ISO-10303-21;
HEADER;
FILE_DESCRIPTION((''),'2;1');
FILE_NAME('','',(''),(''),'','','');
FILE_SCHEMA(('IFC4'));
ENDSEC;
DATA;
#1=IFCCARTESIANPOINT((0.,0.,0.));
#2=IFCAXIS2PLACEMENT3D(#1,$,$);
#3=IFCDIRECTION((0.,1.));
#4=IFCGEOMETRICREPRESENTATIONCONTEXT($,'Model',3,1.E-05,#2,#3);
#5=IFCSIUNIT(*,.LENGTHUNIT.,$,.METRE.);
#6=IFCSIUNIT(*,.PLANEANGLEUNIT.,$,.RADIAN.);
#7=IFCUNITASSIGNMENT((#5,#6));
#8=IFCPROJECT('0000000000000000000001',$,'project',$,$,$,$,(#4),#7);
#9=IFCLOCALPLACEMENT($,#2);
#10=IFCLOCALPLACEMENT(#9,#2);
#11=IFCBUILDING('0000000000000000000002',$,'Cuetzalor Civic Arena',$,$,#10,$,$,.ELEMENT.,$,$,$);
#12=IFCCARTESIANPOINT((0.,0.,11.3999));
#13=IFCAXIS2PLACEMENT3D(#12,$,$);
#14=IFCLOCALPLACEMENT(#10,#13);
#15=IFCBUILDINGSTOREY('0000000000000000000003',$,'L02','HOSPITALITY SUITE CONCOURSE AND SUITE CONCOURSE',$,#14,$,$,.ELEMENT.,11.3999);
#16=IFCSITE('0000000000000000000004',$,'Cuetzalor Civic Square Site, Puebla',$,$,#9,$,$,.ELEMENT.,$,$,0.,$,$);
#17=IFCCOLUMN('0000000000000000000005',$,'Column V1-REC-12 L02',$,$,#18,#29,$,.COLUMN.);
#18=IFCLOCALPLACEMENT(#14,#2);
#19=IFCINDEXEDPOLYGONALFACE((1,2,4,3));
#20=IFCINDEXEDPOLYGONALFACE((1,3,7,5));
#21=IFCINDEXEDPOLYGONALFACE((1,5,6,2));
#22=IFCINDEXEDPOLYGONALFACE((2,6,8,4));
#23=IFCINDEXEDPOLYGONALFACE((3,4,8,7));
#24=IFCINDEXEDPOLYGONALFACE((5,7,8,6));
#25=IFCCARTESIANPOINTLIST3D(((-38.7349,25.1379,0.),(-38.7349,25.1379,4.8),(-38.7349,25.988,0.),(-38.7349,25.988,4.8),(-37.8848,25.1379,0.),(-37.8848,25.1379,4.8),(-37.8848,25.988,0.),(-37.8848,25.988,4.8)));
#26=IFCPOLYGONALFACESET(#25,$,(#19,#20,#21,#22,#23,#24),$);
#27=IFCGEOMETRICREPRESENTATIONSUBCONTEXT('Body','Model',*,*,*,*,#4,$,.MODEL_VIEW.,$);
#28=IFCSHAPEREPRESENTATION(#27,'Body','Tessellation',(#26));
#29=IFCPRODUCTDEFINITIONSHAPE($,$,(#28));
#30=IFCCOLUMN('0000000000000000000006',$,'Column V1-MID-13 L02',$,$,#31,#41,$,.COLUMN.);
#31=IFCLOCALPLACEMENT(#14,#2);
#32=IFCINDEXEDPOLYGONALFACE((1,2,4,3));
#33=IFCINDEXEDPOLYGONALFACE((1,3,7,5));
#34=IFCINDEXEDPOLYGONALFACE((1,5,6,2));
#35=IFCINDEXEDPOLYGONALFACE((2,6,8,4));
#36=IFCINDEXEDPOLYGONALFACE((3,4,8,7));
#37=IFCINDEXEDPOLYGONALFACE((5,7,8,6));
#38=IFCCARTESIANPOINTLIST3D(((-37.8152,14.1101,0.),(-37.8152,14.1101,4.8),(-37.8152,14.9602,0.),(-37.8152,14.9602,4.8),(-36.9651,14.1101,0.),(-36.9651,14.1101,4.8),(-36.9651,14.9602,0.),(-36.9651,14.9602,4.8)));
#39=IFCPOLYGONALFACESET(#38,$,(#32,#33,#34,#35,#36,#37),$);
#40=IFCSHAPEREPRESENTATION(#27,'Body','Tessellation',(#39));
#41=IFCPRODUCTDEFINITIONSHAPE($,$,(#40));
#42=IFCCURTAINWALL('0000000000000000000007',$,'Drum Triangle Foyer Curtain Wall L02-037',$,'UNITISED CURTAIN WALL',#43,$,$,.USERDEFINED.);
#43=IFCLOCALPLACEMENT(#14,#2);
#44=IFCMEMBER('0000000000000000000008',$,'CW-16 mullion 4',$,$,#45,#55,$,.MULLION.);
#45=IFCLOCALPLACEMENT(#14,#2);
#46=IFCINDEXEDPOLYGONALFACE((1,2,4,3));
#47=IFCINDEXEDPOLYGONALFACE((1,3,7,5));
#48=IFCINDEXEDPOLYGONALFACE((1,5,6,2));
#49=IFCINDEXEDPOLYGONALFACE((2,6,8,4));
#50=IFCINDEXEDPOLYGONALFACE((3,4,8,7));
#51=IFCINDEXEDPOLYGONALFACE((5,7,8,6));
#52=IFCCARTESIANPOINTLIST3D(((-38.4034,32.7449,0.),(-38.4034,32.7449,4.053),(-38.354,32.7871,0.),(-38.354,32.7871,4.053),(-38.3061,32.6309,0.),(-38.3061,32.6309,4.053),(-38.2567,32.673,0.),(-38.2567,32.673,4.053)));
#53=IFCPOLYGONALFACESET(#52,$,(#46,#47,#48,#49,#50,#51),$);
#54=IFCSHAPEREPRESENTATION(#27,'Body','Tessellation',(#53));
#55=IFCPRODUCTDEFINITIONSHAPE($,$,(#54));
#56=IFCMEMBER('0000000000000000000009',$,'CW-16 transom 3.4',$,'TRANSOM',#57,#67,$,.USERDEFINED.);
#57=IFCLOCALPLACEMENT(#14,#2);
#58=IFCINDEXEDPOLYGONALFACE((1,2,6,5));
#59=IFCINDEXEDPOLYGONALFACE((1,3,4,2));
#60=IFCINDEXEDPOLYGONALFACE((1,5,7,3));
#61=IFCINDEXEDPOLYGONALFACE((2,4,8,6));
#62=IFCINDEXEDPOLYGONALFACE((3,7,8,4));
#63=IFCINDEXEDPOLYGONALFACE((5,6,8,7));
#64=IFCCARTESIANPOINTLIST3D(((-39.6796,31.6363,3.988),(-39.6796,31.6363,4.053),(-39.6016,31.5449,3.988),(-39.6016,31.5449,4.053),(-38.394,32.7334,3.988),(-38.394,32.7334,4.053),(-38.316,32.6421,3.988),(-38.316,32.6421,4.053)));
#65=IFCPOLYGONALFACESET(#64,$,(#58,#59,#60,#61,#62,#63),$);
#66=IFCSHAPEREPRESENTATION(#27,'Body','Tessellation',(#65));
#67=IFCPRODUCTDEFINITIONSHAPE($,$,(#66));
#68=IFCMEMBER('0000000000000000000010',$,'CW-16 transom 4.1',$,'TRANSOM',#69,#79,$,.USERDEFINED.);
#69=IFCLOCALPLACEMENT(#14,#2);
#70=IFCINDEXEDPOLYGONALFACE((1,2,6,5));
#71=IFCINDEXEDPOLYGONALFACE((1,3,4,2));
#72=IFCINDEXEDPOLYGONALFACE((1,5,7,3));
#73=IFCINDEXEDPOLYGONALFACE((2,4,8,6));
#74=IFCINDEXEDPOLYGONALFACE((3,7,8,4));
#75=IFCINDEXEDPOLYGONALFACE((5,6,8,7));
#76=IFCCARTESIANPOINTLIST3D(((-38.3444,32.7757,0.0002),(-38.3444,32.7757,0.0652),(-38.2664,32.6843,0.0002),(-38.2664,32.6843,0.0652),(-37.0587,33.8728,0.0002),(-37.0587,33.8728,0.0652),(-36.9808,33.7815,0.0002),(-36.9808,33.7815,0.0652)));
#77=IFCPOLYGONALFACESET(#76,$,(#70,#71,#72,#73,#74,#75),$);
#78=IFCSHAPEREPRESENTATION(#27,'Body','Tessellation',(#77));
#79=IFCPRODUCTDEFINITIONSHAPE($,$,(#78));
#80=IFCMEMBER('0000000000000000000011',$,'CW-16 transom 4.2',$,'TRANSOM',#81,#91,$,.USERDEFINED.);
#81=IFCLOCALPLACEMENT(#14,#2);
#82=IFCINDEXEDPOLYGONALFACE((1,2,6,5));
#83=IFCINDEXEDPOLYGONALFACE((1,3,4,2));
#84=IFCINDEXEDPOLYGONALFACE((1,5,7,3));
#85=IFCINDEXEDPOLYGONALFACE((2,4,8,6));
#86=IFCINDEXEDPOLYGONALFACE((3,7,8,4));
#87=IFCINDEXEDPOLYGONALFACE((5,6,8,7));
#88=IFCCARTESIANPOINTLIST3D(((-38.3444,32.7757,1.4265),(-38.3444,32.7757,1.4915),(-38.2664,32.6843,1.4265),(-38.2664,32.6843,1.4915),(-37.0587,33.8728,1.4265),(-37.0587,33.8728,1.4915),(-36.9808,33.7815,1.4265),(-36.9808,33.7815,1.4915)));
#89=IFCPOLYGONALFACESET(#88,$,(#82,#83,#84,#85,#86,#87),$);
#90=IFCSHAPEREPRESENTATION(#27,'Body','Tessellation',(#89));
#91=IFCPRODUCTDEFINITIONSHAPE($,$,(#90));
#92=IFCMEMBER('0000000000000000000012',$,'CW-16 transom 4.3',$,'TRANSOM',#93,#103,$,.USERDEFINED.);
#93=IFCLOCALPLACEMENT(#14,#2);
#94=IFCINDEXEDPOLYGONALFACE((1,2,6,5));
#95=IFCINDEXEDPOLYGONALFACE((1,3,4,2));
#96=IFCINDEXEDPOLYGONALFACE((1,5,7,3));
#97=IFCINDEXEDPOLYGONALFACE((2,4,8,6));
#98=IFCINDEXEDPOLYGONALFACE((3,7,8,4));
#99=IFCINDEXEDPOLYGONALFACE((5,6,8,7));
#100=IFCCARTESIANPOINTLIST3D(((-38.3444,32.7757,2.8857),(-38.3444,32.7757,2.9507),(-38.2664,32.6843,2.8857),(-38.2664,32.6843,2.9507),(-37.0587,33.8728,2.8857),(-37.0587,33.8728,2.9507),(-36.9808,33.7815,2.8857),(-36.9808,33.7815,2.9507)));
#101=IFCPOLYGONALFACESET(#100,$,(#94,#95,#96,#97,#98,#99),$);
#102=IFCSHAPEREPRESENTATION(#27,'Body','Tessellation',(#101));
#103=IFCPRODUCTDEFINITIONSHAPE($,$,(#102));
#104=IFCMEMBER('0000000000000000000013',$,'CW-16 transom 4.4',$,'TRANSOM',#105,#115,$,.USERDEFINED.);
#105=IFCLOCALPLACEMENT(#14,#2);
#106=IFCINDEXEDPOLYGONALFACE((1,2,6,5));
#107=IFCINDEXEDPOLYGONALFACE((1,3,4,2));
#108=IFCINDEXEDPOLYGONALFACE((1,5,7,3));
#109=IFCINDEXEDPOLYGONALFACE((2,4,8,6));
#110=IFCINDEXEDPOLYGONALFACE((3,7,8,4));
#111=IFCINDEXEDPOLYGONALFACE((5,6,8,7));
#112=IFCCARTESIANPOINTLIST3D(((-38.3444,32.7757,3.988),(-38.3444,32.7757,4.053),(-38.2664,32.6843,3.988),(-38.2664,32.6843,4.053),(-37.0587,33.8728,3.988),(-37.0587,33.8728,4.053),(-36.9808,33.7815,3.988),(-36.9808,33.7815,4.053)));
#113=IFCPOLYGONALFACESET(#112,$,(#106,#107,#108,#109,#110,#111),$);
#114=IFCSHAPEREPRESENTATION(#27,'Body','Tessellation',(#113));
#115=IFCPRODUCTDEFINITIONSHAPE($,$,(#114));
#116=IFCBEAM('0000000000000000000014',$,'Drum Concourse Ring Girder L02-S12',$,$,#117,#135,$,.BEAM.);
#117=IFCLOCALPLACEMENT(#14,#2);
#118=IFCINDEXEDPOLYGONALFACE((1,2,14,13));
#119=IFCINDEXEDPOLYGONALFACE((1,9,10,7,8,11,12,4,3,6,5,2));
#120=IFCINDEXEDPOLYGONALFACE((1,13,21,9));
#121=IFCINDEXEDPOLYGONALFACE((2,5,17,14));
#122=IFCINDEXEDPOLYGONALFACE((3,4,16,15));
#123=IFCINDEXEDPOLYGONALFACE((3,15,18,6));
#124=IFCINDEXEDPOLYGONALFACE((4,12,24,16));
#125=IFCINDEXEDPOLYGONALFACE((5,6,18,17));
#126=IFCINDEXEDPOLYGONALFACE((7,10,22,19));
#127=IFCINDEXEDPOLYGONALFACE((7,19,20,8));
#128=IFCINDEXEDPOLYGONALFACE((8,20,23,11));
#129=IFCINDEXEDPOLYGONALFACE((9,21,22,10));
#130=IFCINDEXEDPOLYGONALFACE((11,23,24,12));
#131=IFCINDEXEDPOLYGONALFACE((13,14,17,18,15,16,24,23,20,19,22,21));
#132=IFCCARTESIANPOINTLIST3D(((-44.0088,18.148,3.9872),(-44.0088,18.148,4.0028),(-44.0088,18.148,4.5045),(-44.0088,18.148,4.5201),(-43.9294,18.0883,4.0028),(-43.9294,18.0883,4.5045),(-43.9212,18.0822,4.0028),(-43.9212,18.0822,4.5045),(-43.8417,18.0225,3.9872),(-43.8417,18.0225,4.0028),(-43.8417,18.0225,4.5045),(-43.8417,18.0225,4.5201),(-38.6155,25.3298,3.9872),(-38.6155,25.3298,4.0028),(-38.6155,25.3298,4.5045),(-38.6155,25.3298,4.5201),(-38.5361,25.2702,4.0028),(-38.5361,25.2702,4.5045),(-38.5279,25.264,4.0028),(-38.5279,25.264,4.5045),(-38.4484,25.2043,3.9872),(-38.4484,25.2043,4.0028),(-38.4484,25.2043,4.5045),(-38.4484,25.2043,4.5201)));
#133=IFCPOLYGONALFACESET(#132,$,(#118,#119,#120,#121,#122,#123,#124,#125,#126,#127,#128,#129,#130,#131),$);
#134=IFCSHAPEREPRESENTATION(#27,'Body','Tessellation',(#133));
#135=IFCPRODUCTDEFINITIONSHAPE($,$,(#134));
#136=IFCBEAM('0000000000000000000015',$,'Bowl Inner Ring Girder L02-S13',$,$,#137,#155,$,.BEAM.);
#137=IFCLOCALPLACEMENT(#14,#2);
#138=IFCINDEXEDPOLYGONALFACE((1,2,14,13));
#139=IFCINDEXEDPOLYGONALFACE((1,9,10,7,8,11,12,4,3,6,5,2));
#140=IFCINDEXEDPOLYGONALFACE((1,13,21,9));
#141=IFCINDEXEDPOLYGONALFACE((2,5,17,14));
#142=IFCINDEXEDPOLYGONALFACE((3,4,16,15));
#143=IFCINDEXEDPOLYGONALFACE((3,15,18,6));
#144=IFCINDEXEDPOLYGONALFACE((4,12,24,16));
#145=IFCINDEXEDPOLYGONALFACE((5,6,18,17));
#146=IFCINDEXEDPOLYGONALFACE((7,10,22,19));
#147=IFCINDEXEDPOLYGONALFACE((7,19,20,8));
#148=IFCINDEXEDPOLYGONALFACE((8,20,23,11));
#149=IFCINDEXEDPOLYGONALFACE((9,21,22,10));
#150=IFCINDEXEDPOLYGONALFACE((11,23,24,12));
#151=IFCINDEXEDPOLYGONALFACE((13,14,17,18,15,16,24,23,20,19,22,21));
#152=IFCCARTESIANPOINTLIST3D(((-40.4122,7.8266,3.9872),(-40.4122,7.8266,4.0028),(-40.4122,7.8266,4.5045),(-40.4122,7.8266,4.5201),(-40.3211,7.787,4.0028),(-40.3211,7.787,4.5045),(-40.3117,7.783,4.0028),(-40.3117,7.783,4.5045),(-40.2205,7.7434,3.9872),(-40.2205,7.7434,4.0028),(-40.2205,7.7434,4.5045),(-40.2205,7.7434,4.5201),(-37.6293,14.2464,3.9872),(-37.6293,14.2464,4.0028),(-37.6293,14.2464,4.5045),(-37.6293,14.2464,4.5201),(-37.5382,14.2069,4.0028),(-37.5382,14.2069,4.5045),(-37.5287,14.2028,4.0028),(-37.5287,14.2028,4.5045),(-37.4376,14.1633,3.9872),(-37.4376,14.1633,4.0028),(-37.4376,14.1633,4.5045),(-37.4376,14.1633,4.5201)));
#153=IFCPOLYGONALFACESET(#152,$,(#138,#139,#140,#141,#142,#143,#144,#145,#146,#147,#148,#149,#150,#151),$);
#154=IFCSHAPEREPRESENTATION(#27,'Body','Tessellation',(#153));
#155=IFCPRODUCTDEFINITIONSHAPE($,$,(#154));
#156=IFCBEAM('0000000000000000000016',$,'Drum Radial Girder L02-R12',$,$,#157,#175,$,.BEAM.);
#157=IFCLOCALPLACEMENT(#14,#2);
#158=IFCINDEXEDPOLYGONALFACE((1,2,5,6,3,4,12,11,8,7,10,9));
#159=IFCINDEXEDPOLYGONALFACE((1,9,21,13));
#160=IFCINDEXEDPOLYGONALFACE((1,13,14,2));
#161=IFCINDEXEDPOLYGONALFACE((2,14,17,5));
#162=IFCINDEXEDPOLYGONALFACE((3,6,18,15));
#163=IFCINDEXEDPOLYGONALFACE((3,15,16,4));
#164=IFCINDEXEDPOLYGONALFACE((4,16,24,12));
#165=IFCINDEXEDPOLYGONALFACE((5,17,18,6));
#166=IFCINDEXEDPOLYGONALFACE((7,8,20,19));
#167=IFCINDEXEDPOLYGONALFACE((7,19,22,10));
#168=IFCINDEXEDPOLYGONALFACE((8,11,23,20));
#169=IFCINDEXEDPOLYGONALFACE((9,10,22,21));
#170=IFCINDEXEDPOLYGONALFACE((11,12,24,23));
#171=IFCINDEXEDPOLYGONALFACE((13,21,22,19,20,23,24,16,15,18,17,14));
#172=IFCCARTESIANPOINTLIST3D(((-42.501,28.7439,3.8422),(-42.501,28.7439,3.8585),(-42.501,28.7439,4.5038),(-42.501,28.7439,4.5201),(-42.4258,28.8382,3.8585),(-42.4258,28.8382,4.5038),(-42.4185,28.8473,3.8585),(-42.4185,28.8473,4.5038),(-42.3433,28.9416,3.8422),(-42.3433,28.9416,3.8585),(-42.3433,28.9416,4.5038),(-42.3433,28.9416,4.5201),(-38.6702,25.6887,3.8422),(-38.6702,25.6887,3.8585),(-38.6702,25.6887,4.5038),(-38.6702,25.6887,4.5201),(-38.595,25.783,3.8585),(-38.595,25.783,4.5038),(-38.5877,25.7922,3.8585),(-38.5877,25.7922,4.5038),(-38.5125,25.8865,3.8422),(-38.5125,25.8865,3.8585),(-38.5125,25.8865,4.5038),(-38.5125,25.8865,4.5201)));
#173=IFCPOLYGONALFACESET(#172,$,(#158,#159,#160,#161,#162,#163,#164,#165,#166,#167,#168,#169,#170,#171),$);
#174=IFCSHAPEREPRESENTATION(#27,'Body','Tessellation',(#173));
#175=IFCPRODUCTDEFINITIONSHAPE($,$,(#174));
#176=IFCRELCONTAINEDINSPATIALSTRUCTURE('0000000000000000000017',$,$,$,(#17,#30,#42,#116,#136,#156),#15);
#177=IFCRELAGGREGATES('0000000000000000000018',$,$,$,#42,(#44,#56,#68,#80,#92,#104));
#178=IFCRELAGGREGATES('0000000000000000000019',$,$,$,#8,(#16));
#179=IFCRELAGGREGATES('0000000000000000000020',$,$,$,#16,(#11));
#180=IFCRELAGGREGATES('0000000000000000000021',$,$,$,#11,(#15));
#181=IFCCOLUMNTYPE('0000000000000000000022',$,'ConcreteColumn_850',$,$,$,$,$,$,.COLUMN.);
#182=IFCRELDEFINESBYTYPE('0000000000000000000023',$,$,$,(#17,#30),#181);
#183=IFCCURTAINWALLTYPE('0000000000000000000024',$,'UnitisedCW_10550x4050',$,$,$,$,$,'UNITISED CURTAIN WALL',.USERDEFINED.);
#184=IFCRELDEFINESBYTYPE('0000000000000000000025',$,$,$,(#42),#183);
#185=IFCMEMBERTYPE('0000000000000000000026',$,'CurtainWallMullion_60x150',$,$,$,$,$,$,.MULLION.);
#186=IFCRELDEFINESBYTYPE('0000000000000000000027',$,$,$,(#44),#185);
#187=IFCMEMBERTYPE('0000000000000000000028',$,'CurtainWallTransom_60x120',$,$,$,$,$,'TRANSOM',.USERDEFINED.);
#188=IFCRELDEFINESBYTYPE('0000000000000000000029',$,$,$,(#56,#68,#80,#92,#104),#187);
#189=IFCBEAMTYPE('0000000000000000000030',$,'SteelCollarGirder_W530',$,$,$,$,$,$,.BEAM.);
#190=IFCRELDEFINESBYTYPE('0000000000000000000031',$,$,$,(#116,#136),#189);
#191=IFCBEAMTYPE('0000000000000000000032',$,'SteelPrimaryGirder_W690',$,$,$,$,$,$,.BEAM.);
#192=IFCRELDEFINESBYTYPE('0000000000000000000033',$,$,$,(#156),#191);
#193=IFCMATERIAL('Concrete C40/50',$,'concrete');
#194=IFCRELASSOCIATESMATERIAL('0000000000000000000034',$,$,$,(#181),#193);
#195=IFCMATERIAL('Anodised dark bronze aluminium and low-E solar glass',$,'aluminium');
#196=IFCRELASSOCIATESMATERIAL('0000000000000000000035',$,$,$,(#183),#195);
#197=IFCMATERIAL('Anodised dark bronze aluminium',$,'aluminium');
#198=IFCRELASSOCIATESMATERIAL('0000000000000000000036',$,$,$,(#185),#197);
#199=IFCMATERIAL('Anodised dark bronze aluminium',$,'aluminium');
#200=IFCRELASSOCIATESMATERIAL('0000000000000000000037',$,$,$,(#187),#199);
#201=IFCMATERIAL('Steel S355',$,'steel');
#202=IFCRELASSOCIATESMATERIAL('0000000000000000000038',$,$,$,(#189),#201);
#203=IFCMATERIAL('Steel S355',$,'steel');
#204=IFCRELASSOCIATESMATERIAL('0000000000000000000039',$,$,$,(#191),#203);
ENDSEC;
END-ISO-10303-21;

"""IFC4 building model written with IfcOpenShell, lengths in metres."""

from ifc_helpers import new_model, si_unit, direction, frame, origin, origin_2d, place, context, subcontext, project, spatial, rectangle, i_section, extrude, material, material_profile, profile_set, type_object, element, aggregate, save


model = new_model("IFC4")

# Units and contexts
model_context = context("Model", 3, precision=1e-05, world=origin(), true_north=direction((0.0, 1.0)))
body_context = subcontext(model_context, "Body", "Model", "MODEL_VIEW")
ifc_project = project(units=[si_unit("LENGTHUNIT", "METRE"), si_unit("PLANEANGLEUNIT", "RADIAN")], contexts=[model_context])

# Site, building, storey
site_placement = place(None, origin())
site = spatial("IfcSite", under=ifc_project, at=site_placement, Name="Cuetzalor Civic Square Site, Puebla", CompositionType="ELEMENT", RefElevation=0.0)
building_placement = place(site_placement, origin())
building = spatial("IfcBuilding", under=site, at=building_placement, Name="Cuetzalor Civic Arena", CompositionType="ELEMENT")
storey_placement = place(building_placement, frame((0.0, 0.0, 11.3999)))
storey = spatial("IfcBuildingStorey", under=building, at=storey_placement, Name="L02", Description="HOSPITALITY SUITE CONCOURSE AND SUITE CONCOURSE", CompositionType="ELEMENT", Elevation=11.3999)

# Columns
ifc_material_1 = material(Name="Concrete C40/50", Category="concrete")
ifc_material_profile_1 = material_profile(ifc_material_1, rectangle(XDim=0.8501, YDim=0.8501, at=origin_2d()), Name="RC 850x850")
ifc_profile_set_1 = profile_set([ifc_material_profile_1], Name="Concrete C40/50")
column_type = type_object("IfcColumnType", Name="ConcreteColumn_850", PredefinedType="COLUMN", material=ifc_profile_set_1)
for number, where, z_axis, x_axis, name in (
    (1, (-38.3098, 25.563, 0.0), (0.0, 0.0, 1.0), (1.0, 0.0, 0.0), "Column V1-REC-12 L02"),
    (2, (-37.3901, 14.5352, 0.0), (0.0, 0.0, 1.0), (1.0, 0.0, 0.0), "Column V1-MID-13 L02"),
):
    element("IfcColumn", number, at=place(storey_placement, frame(where, z_axis=z_axis, x_axis=x_axis)), inside=storey, type_object=column_type, Name=name, PredefinedType="COLUMN", context=body_context, shape_type="SweptSolid", body=[
        extrude(rectangle(XDim=0.8501, YDim=0.8501, at=origin_2d()), origin(), (0.0, 0.0, 1.0), 4.8),
    ])

# Curtain wall, members
ifc_material_2 = material(Name="Anodised dark bronze aluminium and low-E solar glass", Category="aluminium")
curtain_wall_type = type_object("IfcCurtainWallType", Name="UnitisedCW_10550x4050", ElementType="UNITISED CURTAIN WALL", PredefinedType="USERDEFINED", material=ifc_material_2)
curtain_wall_placement = place(storey_placement, origin())
curtain_wall = element("IfcCurtainWall", 3, at=curtain_wall_placement, inside=storey, type_object=curtain_wall_type, Name="Drum Triangle Foyer Curtain Wall L02-037", ObjectType="UNITISED CURTAIN WALL", PredefinedType="USERDEFINED")
ifc_material_3 = material(Name="Anodised dark bronze aluminium", Category="aluminium")
ifc_material_profile_2 = material_profile(ifc_material_3, rectangle(XDim=0.0649, YDim=0.1499, at=origin_2d()), Name="ALU MULLION 65x150")
ifc_profile_set_2 = profile_set([ifc_material_profile_2], Name="Anodised dark bronze aluminium")
member_type_1 = type_object("IfcMemberType", Name="CurtainWallMullion_60x150", PredefinedType="MULLION", material=ifc_profile_set_2)
member_1_placement = place(storey_placement, frame((-38.3301, 32.709, 0.0), z_axis=(0.0, 0.0, 1.0), x_axis=(0.760677, 0.64913, 0.0)))
member_1 = element("IfcMember", 4, at=member_1_placement, type_object=member_type_1, Name="CW-16 mullion 4", PredefinedType="MULLION", context=body_context, shape_type="SweptSolid", body=[
    extrude(rectangle(XDim=0.0649, YDim=0.1499, at=origin_2d()), origin(), (0.0, 0.0, 1.0), 4.053),
])
ifc_material_4 = material(Name="Anodised dark bronze aluminium", Category="aluminium")
ifc_material_profile_3 = material_profile(ifc_material_4, rectangle(XDim=0.1201, YDim=0.0649, at=origin_2d()), Name="ALU TRANSOM 65x120")
ifc_profile_set_3 = profile_set([ifc_material_profile_3], Name="Anodised dark bronze aluminium")
member_type_2 = type_object("IfcMemberType", Name="CurtainWallTransom_60x120", ElementType="TRANSOM", PredefinedType="USERDEFINED", material=ifc_profile_set_3)
member_2_placement = place(storey_placement, frame((-39.6406, 31.5906, 4.0205), z_axis=(0.760662, 0.649148, 0.0), x_axis=(-0.649148, 0.760662, 0.0)))
member_2 = element("IfcMember", 5, at=member_2_placement, type_object=member_type_2, Name="CW-16 transom 3.4", ObjectType="TRANSOM", PredefinedType="USERDEFINED", context=body_context, shape_type="SweptSolid", body=[
    extrude(rectangle(XDim=0.1201, YDim=0.0649, at=origin_2d()), origin(), (0.0, 0.0, 1.0), 1.6902),
])
member_3_placement = place(storey_placement, frame((-38.3054, 32.73, 0.0327), z_axis=(0.760662, 0.649148, 0.0), x_axis=(-0.649148, 0.760662, 0.0)))
member_3 = element("IfcMember", 6, at=member_3_placement, type_object=member_type_2, Name="CW-16 transom 4.1", ObjectType="TRANSOM", PredefinedType="USERDEFINED", context=body_context, shape_type="SweptSolid", body=[
    extrude(rectangle(XDim=0.1201, YDim=0.0649, at=origin_2d()), origin(), (0.0, 0.0, 1.0), 1.6902),
])
member_4_placement = place(storey_placement, frame((-38.3054, 32.73, 1.459), z_axis=(0.760662, 0.649148, 0.0), x_axis=(-0.649148, 0.760662, 0.0)))
member_4 = element("IfcMember", 7, at=member_4_placement, type_object=member_type_2, Name="CW-16 transom 4.2", ObjectType="TRANSOM", PredefinedType="USERDEFINED", context=body_context, shape_type="SweptSolid", body=[
    extrude(rectangle(XDim=0.1201, YDim=0.0649, at=origin_2d()), origin(), (0.0, 0.0, 1.0), 1.6902),
])
member_5_placement = place(storey_placement, frame((-38.3054, 32.73, 2.9182), z_axis=(0.760662, 0.649148, 0.0), x_axis=(-0.649148, 0.760662, 0.0)))
member_5 = element("IfcMember", 8, at=member_5_placement, type_object=member_type_2, Name="CW-16 transom 4.3", ObjectType="TRANSOM", PredefinedType="USERDEFINED", context=body_context, shape_type="SweptSolid", body=[
    extrude(rectangle(XDim=0.1201, YDim=0.0649, at=origin_2d()), origin(), (0.0, 0.0, 1.0), 1.6902),
])
member_6_placement = place(storey_placement, frame((-38.3054, 32.73, 4.0205), z_axis=(0.760662, 0.649148, 0.0), x_axis=(-0.649148, 0.760662, 0.0)))
member_6 = element("IfcMember", 9, at=member_6_placement, type_object=member_type_2, Name="CW-16 transom 4.4", ObjectType="TRANSOM", PredefinedType="USERDEFINED", context=body_context, shape_type="SweptSolid", body=[
    extrude(rectangle(XDim=0.1201, YDim=0.0649, at=origin_2d()), origin(), (0.0, 0.0, 1.0), 1.6902),
])

# Beams
ifc_material_5 = material(Name="Steel S355", Category="steel")
ifc_material_profile_4 = material_profile(ifc_material_5, i_section(OverallWidth=0.209, OverallDepth=0.533, WebThickness=0.0103, FlangeThickness=0.0156, at=origin_2d()), Name="W530x92")
ifc_profile_set_4 = profile_set([ifc_material_profile_4], Name="Steel S355")
beam_type_1 = type_object("IfcBeamType", Name="SteelCollarGirder_W530", PredefinedType="BEAM", material=ifc_profile_set_4)
beam_1_placement = place(storey_placement, frame((-38.532, 25.2671, 4.2537), z_axis=(-0.600491, -0.799631, 0.0), x_axis=(0.799631, -0.600491, 0.0)))
element("IfcBeam", 10, at=beam_1_placement, inside=storey, type_object=beam_type_1, Name="Drum Concourse Ring Girder L02-S12", PredefinedType="BEAM", context=body_context, shape_type="SweptSolid", body=[
    extrude(i_section(OverallWidth=0.209, OverallDepth=0.533, WebThickness=0.0103, FlangeThickness=0.0156, at=origin_2d()), origin(), (0.0, 0.0, 1.0), 8.9814),
])
beam_2_placement = place(storey_placement, frame((-37.5334, 14.2048, 4.2537), z_axis=(-0.397727, -0.917504, 0.0), x_axis=(0.917504, -0.397727, 0.0)))
element("IfcBeam", 11, at=beam_2_placement, inside=storey, type_object=beam_type_1, Name="Bowl Inner Ring Girder L02-S13", PredefinedType="BEAM", context=body_context, shape_type="SweptSolid", body=[
    extrude(i_section(OverallWidth=0.209, OverallDepth=0.533, WebThickness=0.0103, FlangeThickness=0.0156, at=origin_2d()), origin(), (0.0, 0.0, 1.0), 6.9971),
])
ifc_material_6 = material(Name="Steel S355", Category="steel")
ifc_material_profile_5 = material_profile(ifc_material_6, i_section(OverallWidth=0.2529, OverallDepth=0.678, WebThickness=0.0117, FlangeThickness=0.0164, at=origin_2d()), Name="W690x125")
ifc_profile_set_5 = profile_set([ifc_material_profile_5], Name="Steel S355")
beam_type_2 = type_object("IfcBeamType", Name="SteelPrimaryGirder_W690", PredefinedType="BEAM", material=ifc_profile_set_5)
beam_3_placement = place(storey_placement, frame((-38.5913, 25.7876, 4.1812), z_axis=(-0.781811, 0.623516, 0.0), x_axis=(-0.623516, -0.781811, 0.0)))
element("IfcBeam", 12, at=beam_3_placement, inside=storey, type_object=beam_type_2, Name="Drum Radial Girder L02-R12", PredefinedType="BEAM", context=body_context, shape_type="SweptSolid", body=[
    extrude(i_section(OverallWidth=0.2529, OverallDepth=0.678, WebThickness=0.0117, FlangeThickness=0.0164, at=origin_2d()), origin(), (0.0, 0.0, 1.0), 4.8999),
])

aggregate(curtain_wall, [member_1, member_2, member_3, member_4, member_5, member_6])

save(model, "model.ifc")
